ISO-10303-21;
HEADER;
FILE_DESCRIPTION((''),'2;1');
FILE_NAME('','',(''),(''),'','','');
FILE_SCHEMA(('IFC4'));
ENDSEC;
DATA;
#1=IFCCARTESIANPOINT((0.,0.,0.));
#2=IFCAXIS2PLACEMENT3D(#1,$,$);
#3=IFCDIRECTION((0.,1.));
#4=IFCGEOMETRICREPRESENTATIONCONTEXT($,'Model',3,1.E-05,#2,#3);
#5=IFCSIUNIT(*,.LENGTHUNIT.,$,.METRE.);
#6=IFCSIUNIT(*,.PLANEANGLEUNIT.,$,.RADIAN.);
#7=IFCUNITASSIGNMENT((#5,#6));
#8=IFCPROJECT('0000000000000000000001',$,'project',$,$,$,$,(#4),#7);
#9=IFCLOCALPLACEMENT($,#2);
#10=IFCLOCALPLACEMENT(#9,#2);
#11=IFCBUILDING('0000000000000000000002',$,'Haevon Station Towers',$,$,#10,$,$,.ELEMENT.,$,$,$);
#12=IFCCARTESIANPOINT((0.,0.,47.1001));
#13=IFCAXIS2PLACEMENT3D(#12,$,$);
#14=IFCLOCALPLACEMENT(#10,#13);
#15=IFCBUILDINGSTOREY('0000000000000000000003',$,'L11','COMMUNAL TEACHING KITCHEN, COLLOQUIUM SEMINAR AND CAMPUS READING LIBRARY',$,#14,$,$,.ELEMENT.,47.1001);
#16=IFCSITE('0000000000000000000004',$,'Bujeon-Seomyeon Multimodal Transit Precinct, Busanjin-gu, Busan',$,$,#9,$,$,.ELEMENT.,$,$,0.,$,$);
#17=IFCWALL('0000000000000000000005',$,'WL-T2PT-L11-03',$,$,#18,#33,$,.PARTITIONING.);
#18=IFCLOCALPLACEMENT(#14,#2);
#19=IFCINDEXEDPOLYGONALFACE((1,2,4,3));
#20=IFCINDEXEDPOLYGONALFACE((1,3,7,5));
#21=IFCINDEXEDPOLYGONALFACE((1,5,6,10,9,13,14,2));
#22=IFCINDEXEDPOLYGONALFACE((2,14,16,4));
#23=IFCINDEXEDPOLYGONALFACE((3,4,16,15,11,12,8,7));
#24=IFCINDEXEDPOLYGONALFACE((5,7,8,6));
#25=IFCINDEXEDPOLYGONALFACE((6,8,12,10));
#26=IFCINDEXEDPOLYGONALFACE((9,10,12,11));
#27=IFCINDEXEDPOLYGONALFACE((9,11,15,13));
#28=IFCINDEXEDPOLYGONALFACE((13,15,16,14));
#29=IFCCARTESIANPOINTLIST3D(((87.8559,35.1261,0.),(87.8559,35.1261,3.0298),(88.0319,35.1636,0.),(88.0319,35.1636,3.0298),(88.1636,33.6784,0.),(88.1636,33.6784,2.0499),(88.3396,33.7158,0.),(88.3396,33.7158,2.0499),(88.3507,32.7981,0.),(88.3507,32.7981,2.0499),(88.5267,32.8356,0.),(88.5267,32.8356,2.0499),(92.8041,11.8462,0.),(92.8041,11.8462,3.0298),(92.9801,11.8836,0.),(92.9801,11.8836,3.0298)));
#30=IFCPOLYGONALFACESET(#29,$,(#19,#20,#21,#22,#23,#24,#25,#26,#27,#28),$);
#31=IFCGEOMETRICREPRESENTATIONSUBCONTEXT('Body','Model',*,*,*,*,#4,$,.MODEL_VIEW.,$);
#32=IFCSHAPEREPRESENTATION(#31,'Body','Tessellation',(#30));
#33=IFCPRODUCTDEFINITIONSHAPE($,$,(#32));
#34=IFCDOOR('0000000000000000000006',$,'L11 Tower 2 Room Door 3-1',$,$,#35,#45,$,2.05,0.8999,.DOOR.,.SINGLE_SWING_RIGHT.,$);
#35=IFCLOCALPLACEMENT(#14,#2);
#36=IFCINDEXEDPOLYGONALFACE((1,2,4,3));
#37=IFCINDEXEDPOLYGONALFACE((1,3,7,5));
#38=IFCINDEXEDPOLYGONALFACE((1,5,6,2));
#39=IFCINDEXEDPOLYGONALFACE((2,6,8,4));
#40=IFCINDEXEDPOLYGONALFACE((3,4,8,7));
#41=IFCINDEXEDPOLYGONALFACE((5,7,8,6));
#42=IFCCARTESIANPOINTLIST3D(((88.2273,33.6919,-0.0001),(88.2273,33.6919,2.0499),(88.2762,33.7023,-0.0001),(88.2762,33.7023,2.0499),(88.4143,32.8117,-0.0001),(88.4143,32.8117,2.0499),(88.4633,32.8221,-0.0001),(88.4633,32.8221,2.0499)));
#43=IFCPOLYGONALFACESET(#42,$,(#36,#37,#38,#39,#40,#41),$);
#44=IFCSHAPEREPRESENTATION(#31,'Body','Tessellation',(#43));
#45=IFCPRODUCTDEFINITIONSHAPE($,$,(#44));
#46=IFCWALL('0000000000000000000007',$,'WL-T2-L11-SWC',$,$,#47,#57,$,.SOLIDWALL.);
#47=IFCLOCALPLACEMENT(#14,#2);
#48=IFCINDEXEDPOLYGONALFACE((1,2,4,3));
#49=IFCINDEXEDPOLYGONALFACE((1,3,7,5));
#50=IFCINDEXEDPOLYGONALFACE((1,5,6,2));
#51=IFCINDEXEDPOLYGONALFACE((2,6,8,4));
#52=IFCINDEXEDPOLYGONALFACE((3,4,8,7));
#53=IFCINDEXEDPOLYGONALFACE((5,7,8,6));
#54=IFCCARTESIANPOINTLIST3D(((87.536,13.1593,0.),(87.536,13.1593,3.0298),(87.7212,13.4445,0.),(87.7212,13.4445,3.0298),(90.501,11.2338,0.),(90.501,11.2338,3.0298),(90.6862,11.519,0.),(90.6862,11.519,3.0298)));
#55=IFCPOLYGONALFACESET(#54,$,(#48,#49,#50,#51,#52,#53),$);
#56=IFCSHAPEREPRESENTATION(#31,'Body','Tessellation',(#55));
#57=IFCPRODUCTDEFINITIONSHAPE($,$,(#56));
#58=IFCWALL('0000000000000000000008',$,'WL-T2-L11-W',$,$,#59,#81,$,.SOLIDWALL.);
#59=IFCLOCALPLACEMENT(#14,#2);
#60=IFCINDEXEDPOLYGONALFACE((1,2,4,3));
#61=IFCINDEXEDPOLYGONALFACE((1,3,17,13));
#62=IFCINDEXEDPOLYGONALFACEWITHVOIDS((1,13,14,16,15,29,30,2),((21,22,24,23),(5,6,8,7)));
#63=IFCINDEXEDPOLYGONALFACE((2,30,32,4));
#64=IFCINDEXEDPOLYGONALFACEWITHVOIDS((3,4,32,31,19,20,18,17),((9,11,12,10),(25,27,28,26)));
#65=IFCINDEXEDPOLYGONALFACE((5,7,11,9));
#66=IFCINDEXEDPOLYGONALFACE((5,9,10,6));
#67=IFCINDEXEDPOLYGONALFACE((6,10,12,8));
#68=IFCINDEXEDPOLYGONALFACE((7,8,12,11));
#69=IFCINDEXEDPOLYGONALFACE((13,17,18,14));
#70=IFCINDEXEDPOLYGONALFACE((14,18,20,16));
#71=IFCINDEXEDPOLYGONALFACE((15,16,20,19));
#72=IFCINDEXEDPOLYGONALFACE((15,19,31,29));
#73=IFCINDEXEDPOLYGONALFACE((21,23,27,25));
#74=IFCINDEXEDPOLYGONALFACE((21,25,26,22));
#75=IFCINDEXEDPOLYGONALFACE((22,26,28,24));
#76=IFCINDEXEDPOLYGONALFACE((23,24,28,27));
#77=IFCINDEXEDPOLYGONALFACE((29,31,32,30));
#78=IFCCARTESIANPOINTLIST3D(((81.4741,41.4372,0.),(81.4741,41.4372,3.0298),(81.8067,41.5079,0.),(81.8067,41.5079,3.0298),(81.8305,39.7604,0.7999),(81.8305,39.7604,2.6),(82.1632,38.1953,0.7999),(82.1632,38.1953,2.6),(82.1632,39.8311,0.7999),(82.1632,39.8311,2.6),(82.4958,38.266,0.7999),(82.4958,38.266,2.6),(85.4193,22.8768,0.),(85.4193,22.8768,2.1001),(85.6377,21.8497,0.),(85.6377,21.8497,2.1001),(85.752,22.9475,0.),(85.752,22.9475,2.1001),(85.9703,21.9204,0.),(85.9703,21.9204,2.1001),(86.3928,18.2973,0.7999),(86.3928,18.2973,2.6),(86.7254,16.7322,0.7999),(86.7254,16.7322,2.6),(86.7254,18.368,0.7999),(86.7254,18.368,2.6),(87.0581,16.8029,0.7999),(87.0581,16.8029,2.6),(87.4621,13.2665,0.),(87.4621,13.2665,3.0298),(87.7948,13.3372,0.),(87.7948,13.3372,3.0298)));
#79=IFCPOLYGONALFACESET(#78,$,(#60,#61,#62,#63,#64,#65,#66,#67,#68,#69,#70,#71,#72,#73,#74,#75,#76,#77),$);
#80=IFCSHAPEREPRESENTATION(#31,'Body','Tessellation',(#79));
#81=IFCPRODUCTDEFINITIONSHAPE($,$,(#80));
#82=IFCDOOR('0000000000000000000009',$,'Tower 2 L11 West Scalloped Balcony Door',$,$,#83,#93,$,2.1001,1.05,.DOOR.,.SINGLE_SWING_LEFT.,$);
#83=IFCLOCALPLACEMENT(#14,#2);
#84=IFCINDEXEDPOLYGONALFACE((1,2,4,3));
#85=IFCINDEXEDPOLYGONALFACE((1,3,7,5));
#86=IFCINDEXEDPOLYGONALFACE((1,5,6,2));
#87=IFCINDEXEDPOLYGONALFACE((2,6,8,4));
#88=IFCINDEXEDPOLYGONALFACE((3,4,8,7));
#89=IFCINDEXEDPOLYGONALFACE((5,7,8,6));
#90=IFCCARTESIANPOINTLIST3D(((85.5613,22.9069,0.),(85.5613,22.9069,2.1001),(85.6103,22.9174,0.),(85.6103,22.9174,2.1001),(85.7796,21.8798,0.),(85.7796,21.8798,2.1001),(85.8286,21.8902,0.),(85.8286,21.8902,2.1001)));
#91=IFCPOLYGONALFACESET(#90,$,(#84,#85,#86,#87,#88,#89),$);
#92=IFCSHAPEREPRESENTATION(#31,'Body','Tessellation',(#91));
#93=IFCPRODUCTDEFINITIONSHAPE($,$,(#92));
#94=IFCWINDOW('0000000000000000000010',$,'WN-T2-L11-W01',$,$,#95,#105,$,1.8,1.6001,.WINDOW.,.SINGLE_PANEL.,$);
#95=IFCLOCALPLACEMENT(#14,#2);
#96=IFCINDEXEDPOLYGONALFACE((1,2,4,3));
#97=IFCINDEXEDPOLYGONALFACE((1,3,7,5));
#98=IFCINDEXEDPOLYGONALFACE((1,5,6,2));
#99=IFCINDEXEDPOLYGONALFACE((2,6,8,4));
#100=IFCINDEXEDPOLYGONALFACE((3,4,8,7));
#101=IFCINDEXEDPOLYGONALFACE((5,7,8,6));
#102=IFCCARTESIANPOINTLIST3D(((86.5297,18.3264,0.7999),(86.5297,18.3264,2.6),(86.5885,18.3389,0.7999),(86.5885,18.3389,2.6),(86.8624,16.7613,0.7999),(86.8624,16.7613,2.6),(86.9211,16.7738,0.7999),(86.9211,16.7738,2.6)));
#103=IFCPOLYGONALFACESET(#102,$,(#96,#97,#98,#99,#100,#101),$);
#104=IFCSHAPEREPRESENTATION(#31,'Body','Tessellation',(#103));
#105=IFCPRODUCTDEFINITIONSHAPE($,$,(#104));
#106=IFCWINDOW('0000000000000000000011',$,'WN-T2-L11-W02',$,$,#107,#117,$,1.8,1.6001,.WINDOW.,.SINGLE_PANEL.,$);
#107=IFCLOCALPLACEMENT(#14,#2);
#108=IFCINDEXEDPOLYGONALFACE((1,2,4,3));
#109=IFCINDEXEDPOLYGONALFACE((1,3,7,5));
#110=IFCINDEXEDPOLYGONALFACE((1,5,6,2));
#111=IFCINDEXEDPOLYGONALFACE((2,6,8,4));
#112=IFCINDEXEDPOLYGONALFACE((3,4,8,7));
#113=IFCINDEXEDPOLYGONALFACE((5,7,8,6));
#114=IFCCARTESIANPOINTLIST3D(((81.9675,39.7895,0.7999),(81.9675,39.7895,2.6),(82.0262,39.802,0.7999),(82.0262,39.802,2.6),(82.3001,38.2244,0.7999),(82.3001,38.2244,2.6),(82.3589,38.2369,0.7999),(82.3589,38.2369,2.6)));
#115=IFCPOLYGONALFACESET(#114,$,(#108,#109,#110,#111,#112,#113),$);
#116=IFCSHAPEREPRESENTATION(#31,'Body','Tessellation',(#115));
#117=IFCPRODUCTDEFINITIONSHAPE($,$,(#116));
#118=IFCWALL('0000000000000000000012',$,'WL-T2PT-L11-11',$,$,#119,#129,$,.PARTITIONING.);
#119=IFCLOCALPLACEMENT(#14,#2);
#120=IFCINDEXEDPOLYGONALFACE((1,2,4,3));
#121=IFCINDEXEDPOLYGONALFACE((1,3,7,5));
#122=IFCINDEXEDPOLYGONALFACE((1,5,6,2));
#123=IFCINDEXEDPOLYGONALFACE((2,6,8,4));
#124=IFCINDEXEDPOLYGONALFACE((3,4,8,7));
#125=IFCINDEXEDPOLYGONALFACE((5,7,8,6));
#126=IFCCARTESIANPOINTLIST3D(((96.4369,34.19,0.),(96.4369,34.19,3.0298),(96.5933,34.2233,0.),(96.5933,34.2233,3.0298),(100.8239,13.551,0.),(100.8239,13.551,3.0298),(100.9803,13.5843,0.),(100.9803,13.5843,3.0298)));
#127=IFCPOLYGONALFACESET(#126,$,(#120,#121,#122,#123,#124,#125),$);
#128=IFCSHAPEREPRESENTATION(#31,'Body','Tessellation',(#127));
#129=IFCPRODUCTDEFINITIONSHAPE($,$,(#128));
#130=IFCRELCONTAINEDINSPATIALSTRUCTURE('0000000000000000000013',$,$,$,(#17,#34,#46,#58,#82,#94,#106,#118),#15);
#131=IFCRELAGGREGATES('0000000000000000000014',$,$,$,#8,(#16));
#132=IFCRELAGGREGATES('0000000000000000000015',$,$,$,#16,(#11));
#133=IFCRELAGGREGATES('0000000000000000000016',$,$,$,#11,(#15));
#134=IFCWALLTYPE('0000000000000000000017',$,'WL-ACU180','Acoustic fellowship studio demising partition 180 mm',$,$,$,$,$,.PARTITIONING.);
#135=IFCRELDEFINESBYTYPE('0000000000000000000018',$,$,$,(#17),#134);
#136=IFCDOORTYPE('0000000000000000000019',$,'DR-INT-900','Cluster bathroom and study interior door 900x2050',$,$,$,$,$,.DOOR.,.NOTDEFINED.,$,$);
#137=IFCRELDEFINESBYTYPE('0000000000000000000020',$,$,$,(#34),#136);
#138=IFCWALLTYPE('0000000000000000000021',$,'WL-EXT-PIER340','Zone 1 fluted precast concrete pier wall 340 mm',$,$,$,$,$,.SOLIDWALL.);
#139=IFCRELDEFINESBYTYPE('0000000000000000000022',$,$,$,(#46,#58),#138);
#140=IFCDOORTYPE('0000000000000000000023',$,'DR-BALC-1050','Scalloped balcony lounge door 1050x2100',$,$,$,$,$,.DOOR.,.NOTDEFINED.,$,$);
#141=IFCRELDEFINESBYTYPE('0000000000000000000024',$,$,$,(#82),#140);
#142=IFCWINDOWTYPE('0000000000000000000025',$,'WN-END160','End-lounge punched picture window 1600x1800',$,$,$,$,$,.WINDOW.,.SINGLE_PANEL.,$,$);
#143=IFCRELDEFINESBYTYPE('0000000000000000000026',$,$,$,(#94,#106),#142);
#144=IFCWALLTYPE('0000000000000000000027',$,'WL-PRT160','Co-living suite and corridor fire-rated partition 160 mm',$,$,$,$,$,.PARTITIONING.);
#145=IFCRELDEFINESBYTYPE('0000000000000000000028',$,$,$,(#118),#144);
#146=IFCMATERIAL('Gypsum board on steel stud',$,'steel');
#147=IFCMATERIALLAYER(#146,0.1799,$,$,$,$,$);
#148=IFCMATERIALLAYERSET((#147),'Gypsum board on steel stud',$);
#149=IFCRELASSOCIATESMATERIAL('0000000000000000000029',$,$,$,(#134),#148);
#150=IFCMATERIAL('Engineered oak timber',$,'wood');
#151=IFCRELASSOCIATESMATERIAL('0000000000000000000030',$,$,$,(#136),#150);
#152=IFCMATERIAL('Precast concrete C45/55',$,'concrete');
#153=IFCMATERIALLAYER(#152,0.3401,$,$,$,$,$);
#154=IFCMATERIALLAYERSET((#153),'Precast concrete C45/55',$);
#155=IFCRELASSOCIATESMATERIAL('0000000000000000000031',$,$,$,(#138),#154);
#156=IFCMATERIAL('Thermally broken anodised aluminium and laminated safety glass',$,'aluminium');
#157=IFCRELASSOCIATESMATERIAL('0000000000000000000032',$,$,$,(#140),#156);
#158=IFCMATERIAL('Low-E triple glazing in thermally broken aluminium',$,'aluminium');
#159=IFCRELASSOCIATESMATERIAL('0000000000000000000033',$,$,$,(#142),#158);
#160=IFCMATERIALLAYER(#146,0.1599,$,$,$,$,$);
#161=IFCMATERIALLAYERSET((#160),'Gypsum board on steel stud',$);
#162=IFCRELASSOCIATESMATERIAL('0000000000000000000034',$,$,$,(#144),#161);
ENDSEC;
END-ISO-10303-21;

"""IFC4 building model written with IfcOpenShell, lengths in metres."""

from ifc_helpers import new_model, si_unit, direction, frame, frame_2d, origin, place, context, subcontext, project, spatial, rectangle, extrude, material, layer, layer_set, type_object, element, fill, save


model = new_model("IFC4")

# Units and contexts
model_context = context("Model", 3, precision=1e-05, world=origin(), true_north=direction((0.0, 1.0)))
body_context = subcontext(model_context, "Body", "Model", "MODEL_VIEW")
ifc_project = project(units=[si_unit("LENGTHUNIT", "METRE"), si_unit("PLANEANGLEUNIT", "RADIAN")], contexts=[model_context])

# Site, building, storey
site_placement = place(None, origin())
site = spatial("IfcSite", under=ifc_project, at=site_placement, Name="Bujeon-Seomyeon Multimodal Transit Precinct, Busanjin-gu, Busan", CompositionType="ELEMENT", RefElevation=0.0)
building_placement = place(site_placement, origin())
building = spatial("IfcBuilding", under=site, at=building_placement, Name="Haevon Station Towers", CompositionType="ELEMENT")
storey_placement = place(building_placement, frame((0.0, 0.0, 47.1001)))
storey = spatial("IfcBuildingStorey", under=building, at=storey_placement, Name="L11", Description="COMMUNAL TEACHING KITCHEN, COLLOQUIUM SEMINAR AND CAMPUS READING LIBRARY", CompositionType="ELEMENT", Elevation=47.1001)

# Wall, opening, door
ifc_material_1 = material(Name="Gypsum board on steel stud", Category="steel")
ifc_layer_1 = layer(ifc_material_1, 0.1799)
ifc_layer_set_1 = layer_set([ifc_layer_1], Name="Gypsum board on steel stud")
wall_type_1 = type_object("IfcWallType", Name="WL-ACU180", Description="Acoustic fellowship studio demising partition 180 mm", PredefinedType="PARTITIONING", material=ifc_layer_set_1)
wall_1_placement = place(storey_placement, frame((92.8921, 11.865, 0.0), z_axis=(0.0, 0.0, 1.0), x_axis=(-0.207908, 0.978148, 0.0)))
wall_1 = element("IfcWall", 1, at=wall_1_placement, inside=storey, type_object=wall_type_1, Name="WL-T2PT-L11-03", PredefinedType="PARTITIONING", context=body_context, shape_type="SweptSolid", body=[
    extrude(rectangle(XDim=23.8, YDim=0.1799, at=frame_2d((11.8999, 0.0))), origin(), (0.0, 0.0, 1.0), 3.0298),
])
opening_1_placement = place(wall_1_placement, frame((21.4199, 0.0, 0.0)))
opening_1 = element("IfcOpeningElement", 2, at=opening_1_placement, cuts=wall_1, PredefinedType="OPENING", context=body_context, shape_type="SweptSolid", body=[
    extrude(rectangle(XDim=0.8999, YDim=2.05, at=frame_2d((0.45, 1.0249))), frame((0.0, 0.0999, 0.0), z_axis=(0.0, -1.0, 0.0), x_axis=(1.0, 0.0, 0.0)), (0.0, 0.0, 1.0), 0.2),
])
ifc_material_2 = material(Name="Engineered oak timber", Category="wood")
door_type_1 = type_object("IfcDoorType", Name="DR-INT-900", Description="Cluster bathroom and study interior door 900x2050", OperationType="NOTDEFINED", PredefinedType="DOOR", material=ifc_material_2)
door_1_placement = place(opening_1_placement, origin())
door_1 = element("IfcDoor", 3, at=door_1_placement, inside=storey, type_object=door_type_1, Name="L11 Tower 2 Room Door 3-1", OperationType="SINGLE_SWING_RIGHT", OverallHeight=2.05, OverallWidth=0.8999, PredefinedType="DOOR", context=body_context, shape_type="SweptSolid", body=[
    extrude(rectangle(XDim=0.8999, YDim=2.05, at=frame_2d((0.45, 1.0249))), frame((0.0, 0.0249, 0.0), z_axis=(0.0, -1.0, 0.0), x_axis=(1.0, 0.0, 0.0)), (0.0, 0.0, 1.0), 0.05),
])
fill(opening_1, door_1)

# Wall
ifc_material_3 = material(Name="Precast concrete C45/55", Category="concrete")
ifc_layer_2 = layer(ifc_material_3, 0.3401)
ifc_layer_set_2 = layer_set([ifc_layer_2], Name="Precast concrete C45/55")
wall_type_2 = type_object("IfcWallType", Name="WL-EXT-PIER340", Description="Zone 1 fluted precast concrete pier wall 340 mm", PredefinedType="SOLIDWALL", material=ifc_layer_set_2)
wall_2_placement = place(storey_placement, frame((90.5935, 11.3765, 0.0), z_axis=(0.0, 0.0, 1.0), x_axis=(-0.838672, 0.544636, 0.0)))
element("IfcWall", 4, at=wall_2_placement, inside=storey, type_object=wall_type_2, Name="WL-T2-L11-SWC", PredefinedType="SOLIDWALL", context=body_context, shape_type="SweptSolid", body=[
    extrude(rectangle(XDim=3.5354, YDim=0.3401, at=frame_2d((1.7676, 0.0))), origin(), (0.0, 0.0, 1.0), 3.0298),
])

# Wall, openings, door, windows
wall_3_placement = place(storey_placement, frame((87.6284, 13.302, 0.0), z_axis=(0.0, 0.0, 1.0), x_axis=(-0.207918, 0.978146, 0.0)))
wall_3 = element("IfcWall", 5, at=wall_3_placement, inside=storey, type_object=wall_type_2, Name="WL-T2-L11-W", PredefinedType="SOLIDWALL", context=body_context, shape_type="SweptSolid", body=[
    extrude(rectangle(XDim=28.8, YDim=0.3401, at=frame_2d((14.3999, 0.0))), origin(), (0.0, 0.0, 1.0), 3.0298),
])
opening_2_placement = place(wall_3_placement, frame((8.7749, 0.0, 0.0)))
opening_2 = element("IfcOpeningElement", 6, at=opening_2_placement, cuts=wall_3, PredefinedType="OPENING", context=body_context, shape_type="SweptSolid", body=[
    extrude(rectangle(XDim=1.05, YDim=2.1001, at=frame_2d((0.5249, 1.05))), frame((0.0, 0.1799, 0.0), z_axis=(0.0, -1.0, 0.0), x_axis=(1.0, 0.0, 0.0)), (0.0, 0.0, 1.0), 0.3601),
])
opening_3_placement = place(wall_3_placement, frame((3.543, 0.0, 0.8)))
opening_3 = element("IfcOpeningElement", 7, at=opening_3_placement, cuts=wall_3, PredefinedType="OPENING", context=body_context, shape_type="SweptSolid", body=[
    extrude(rectangle(XDim=1.6001, YDim=1.8, at=frame_2d((0.8, 0.8999))), frame((0.0, 0.1799, 0.0), z_axis=(0.0, -1.0, 0.0), x_axis=(1.0, 0.0, 0.0)), (0.0, 0.0, 1.0), 0.3601),
])
opening_4_placement = place(wall_3_placement, frame((25.4856, 0.0, 0.8)))
opening_4 = element("IfcOpeningElement", 8, at=opening_4_placement, cuts=wall_3, PredefinedType="OPENING", context=body_context, shape_type="SweptSolid", body=[
    extrude(rectangle(XDim=1.6001, YDim=1.8, at=frame_2d((0.8, 0.8999))), frame((0.0, 0.1799, 0.0), z_axis=(0.0, -1.0, 0.0), x_axis=(1.0, 0.0, 0.0)), (0.0, 0.0, 1.0), 0.3601),
])
ifc_material_4 = material(Name="Thermally broken anodised aluminium and laminated safety glass", Category="aluminium")
door_type_2 = type_object("IfcDoorType", Name="DR-BALC-1050", Description="Scalloped balcony lounge door 1050x2100", OperationType="NOTDEFINED", PredefinedType="DOOR", material=ifc_material_4)
door_2_placement = place(opening_2_placement, origin())
door_2 = element("IfcDoor", 9, at=door_2_placement, inside=storey, type_object=door_type_2, Name="Tower 2 L11 West Scalloped Balcony Door", OperationType="SINGLE_SWING_LEFT", OverallHeight=2.1001, OverallWidth=1.05, PredefinedType="DOOR", context=body_context, shape_type="SweptSolid", body=[
    extrude(rectangle(XDim=1.05, YDim=2.1001, at=frame_2d((0.5249, 1.05))), frame((0.0, 0.0249, 0.0), z_axis=(0.0, -1.0, 0.0), x_axis=(1.0, 0.0, 0.0)), (0.0, 0.0, 1.0), 0.05),
])
fill(opening_2, door_2)
ifc_material_5 = material(Name="Low-E triple glazing in thermally broken aluminium", Category="aluminium")
window_type = type_object("IfcWindowType", Name="WN-END160", Description="End-lounge punched picture window 1600x1800", PartitioningType="SINGLE_PANEL", PredefinedType="WINDOW", material=ifc_material_5)
window_1_placement = place(opening_3_placement, origin())
window_1 = element("IfcWindow", 10, at=window_1_placement, inside=storey, type_object=window_type, Name="WN-T2-L11-W01", OverallHeight=1.8, OverallWidth=1.6001, PartitioningType="SINGLE_PANEL", PredefinedType="WINDOW", context=body_context, shape_type="SweptSolid", body=[
    extrude(rectangle(XDim=1.6001, YDim=1.8, at=frame_2d((0.8, 0.8999))), frame((0.0, 0.03, 0.0), z_axis=(0.0, -1.0, 0.0), x_axis=(1.0, 0.0, 0.0)), (0.0, 0.0, 1.0), 0.0601),
])
fill(opening_3, window_1)
window_2_placement = place(opening_4_placement, origin())
window_2 = element("IfcWindow", 11, at=window_2_placement, inside=storey, type_object=window_type, Name="WN-T2-L11-W02", OverallHeight=1.8, OverallWidth=1.6001, PartitioningType="SINGLE_PANEL", PredefinedType="WINDOW", context=body_context, shape_type="SweptSolid", body=[
    extrude(rectangle(XDim=1.6001, YDim=1.8, at=frame_2d((0.8, 0.8999))), frame((0.0, 0.03, 0.0), z_axis=(0.0, -1.0, 0.0), x_axis=(1.0, 0.0, 0.0)), (0.0, 0.0, 1.0), 0.0601),
])
fill(opening_4, window_2)

# Wall
ifc_layer_3 = layer(ifc_material_1, 0.1599)
ifc_layer_set_3 = layer_set([ifc_layer_3], Name="Gypsum board on steel stud")
wall_type_3 = type_object("IfcWallType", Name="WL-PRT160", Description="Co-living suite and corridor fire-rated partition 160 mm", PredefinedType="PARTITIONING", material=ifc_layer_set_3)
wall_4_placement = place(storey_placement, frame((100.9021, 13.5676, 0.0), z_axis=(0.0, 0.0, 1.0), x_axis=(-0.207913, 0.978147, 0.0)))
element("IfcWall", 12, at=wall_4_placement, inside=storey, type_object=wall_type_3, Name="WL-T2PT-L11-11", PredefinedType="PARTITIONING", context=body_context, shape_type="SweptSolid", body=[
    extrude(rectangle(XDim=21.1001, YDim=0.1599, at=frame_2d((10.55, 0.0))), origin(), (0.0, 0.0, 1.0), 3.0298),
])

save(model, "model.ifc")
